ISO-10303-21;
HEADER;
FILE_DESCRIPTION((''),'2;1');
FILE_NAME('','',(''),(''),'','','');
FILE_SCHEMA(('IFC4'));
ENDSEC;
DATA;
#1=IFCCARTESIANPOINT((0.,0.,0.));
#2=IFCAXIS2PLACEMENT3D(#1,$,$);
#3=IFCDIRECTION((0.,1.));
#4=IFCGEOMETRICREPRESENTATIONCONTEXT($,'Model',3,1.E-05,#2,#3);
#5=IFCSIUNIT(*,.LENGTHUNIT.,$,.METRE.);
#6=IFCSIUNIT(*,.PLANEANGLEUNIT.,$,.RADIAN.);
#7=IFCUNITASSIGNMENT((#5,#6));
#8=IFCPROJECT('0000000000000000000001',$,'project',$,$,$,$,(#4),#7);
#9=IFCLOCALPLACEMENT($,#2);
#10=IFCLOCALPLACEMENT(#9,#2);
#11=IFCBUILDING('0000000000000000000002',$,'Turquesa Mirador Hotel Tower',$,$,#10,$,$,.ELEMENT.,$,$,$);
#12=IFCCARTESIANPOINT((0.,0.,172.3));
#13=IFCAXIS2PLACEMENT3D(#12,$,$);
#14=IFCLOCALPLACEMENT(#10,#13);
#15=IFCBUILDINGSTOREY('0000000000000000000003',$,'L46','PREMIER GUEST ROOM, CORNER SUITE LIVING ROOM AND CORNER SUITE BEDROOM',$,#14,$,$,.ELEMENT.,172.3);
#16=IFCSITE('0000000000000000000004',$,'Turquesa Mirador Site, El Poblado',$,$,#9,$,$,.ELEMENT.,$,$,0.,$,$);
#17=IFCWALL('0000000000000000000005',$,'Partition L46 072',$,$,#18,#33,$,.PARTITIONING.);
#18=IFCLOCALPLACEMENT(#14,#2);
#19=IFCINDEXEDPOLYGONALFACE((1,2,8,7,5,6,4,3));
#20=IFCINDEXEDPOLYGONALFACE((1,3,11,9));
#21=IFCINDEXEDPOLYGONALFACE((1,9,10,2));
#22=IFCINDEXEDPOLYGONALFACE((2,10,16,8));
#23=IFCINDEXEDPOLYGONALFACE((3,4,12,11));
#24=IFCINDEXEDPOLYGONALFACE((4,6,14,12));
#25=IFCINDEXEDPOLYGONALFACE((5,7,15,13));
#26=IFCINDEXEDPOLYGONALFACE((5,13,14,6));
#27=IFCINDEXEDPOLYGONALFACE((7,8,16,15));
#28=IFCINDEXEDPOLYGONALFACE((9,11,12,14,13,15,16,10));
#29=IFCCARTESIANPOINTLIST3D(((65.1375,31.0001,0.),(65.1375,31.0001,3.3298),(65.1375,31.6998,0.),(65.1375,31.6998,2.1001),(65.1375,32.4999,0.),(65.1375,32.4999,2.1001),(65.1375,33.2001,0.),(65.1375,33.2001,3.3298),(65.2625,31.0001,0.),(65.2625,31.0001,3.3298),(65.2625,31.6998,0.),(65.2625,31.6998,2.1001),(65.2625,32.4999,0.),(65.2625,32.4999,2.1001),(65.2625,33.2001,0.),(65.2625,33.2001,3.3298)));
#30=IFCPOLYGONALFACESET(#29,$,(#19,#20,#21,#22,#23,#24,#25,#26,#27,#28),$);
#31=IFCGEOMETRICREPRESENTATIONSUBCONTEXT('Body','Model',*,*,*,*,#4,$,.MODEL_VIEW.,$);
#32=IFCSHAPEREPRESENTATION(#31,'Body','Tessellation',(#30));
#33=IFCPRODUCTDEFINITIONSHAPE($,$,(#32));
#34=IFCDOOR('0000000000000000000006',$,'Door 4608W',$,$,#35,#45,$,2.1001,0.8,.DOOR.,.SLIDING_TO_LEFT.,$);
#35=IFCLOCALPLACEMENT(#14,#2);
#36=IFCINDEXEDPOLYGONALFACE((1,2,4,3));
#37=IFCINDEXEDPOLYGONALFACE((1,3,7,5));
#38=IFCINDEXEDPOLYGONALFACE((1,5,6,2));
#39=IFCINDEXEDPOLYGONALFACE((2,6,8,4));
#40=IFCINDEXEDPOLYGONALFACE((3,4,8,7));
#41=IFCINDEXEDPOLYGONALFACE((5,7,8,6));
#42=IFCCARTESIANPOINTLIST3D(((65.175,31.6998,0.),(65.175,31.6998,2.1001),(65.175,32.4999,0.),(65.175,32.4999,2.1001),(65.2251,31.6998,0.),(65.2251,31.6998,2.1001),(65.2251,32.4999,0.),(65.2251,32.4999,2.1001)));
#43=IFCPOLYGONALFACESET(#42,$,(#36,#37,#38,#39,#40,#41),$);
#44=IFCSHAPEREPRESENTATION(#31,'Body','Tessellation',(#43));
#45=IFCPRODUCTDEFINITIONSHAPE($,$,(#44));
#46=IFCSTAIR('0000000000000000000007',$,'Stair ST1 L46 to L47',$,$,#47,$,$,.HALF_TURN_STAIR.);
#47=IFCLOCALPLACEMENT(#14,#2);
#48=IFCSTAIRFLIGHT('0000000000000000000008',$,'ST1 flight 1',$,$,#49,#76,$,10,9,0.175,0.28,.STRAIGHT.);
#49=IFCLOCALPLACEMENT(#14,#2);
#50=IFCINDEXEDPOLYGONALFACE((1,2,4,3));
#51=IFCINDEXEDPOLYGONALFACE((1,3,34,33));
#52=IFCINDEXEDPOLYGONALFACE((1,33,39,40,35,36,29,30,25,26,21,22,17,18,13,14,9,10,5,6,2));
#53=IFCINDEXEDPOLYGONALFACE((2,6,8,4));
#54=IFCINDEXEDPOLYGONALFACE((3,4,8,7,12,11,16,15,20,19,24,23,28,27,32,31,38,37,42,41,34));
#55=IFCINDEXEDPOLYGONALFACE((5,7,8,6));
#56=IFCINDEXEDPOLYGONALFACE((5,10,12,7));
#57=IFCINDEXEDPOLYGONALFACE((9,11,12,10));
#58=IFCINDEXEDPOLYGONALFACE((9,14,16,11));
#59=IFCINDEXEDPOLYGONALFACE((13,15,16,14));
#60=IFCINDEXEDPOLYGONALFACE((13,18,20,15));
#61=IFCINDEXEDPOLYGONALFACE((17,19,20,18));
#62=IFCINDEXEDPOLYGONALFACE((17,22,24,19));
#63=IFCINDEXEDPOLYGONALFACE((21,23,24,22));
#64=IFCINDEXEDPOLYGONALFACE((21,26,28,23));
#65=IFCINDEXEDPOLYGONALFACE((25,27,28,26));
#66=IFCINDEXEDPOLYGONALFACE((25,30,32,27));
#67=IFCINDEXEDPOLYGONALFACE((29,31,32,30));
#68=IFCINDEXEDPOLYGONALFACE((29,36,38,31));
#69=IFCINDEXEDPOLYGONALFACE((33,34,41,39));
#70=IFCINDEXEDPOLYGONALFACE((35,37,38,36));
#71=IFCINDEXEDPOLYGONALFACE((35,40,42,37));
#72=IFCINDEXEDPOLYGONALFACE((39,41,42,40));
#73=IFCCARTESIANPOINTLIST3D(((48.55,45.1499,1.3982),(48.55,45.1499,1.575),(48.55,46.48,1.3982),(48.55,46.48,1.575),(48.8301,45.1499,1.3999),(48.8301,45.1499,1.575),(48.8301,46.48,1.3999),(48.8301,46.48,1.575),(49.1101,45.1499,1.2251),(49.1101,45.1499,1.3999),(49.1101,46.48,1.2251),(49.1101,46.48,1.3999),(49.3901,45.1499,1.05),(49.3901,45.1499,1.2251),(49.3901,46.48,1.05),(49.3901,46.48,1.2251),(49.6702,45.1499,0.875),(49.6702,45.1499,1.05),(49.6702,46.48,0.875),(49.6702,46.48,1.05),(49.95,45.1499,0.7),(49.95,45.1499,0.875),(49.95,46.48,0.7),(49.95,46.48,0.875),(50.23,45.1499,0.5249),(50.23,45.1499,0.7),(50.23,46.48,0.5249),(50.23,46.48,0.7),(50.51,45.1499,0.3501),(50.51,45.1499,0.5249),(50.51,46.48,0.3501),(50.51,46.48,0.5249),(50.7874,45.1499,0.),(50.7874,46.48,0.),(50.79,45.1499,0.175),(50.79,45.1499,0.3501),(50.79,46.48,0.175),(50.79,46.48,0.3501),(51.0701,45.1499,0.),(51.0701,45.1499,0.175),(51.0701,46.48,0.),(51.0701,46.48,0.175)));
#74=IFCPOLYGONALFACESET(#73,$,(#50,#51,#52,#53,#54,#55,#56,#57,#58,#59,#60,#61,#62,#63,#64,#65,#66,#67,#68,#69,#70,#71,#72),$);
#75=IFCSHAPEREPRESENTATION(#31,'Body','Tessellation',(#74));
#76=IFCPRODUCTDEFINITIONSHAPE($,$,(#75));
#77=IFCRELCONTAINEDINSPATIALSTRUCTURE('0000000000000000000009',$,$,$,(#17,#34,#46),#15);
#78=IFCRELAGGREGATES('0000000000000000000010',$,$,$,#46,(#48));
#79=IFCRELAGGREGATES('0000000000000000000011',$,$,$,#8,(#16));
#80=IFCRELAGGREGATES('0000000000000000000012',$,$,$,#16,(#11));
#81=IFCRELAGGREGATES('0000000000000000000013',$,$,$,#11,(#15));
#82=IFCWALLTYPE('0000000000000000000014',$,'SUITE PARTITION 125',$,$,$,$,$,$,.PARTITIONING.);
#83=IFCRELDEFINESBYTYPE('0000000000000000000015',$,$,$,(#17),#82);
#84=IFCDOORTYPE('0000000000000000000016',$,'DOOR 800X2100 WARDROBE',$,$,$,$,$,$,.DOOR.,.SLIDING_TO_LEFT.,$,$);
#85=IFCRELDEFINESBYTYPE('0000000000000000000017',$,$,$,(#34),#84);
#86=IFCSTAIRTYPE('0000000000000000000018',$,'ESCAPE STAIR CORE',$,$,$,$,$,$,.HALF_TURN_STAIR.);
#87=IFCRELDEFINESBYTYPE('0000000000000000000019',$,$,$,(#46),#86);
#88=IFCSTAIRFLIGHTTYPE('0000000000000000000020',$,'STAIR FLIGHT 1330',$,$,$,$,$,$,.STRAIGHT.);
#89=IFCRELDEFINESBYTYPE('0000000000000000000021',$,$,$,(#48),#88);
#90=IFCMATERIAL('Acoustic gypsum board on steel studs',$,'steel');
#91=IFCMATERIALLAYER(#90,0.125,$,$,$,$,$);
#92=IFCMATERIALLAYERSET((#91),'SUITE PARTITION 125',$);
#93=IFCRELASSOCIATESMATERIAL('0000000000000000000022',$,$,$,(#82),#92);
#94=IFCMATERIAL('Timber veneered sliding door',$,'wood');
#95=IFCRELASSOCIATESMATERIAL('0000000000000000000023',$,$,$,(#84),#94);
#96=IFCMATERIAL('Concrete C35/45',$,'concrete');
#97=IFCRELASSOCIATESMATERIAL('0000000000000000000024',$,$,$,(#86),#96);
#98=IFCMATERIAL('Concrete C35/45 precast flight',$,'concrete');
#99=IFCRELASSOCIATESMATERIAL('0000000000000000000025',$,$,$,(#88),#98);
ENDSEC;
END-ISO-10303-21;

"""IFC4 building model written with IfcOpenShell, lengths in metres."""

from ifc_helpers import new_model, si_unit, direction, frame, frame_2d, origin, place, context, subcontext, project, spatial, polyline, rectangle, outline, extrude, material, layer, layer_set, type_object, element, fill, aggregate, save


model = new_model("IFC4")

# Units and contexts
model_context = context("Model", 3, precision=1e-05, world=origin(), true_north=direction((0.0, 1.0)))
body_context = subcontext(model_context, "Body", "Model", "MODEL_VIEW")
ifc_project = project(units=[si_unit("LENGTHUNIT", "METRE"), si_unit("PLANEANGLEUNIT", "RADIAN")], contexts=[model_context])

# Site, building, storey
site_placement = place(None, origin())
site = spatial("IfcSite", under=ifc_project, at=site_placement, Name="Turquesa Mirador Site, El Poblado", CompositionType="ELEMENT", RefElevation=0.0)
building_placement = place(site_placement, origin())
building = spatial("IfcBuilding", under=site, at=building_placement, Name="Turquesa Mirador Hotel Tower", CompositionType="ELEMENT")
storey_placement = place(building_placement, frame((0.0, 0.0, 172.3)))
storey = spatial("IfcBuildingStorey", under=building, at=storey_placement, Name="L46", Description="PREMIER GUEST ROOM, CORNER SUITE LIVING ROOM AND CORNER SUITE BEDROOM", CompositionType="ELEMENT", Elevation=172.3)

# Wall, opening, door
ifc_material_1 = material(Name="Acoustic gypsum board on steel studs", Category="steel")
ifc_layer_1 = layer(ifc_material_1, 0.125)
ifc_layer_set_1 = layer_set([ifc_layer_1], Name="SUITE PARTITION 125")
wall_type_1 = type_object("IfcWallType", Name="SUITE PARTITION 125", PredefinedType="PARTITIONING", material=ifc_layer_set_1)
wall_1_placement = place(storey_placement, frame((65.2, 31.0, 0.0), z_axis=(0.0, 0.0, 1.0), x_axis=(0.0, 1.0, 0.0)))
wall_1 = element("IfcWall", 1, at=wall_1_placement, inside=storey, type_object=wall_type_1, Name="Partition L46 072", PredefinedType="PARTITIONING", context=body_context, shape_type="SweptSolid", body=[
    extrude(rectangle(XDim=2.2, YDim=0.125, at=frame_2d((1.1001, 0.0))), origin(), (0.0, 0.0, 1.0), 3.3298),
])
opening_1_placement = place(wall_1_placement, frame((0.7, 0.0, 0.0)))
opening_1 = element("IfcOpeningElement", 2, at=opening_1_placement, cuts=wall_1, PredefinedType="OPENING", context=body_context, shape_type="SweptSolid", body=[
    extrude(rectangle(XDim=0.8, YDim=2.1001, at=frame_2d((0.3999, 1.05))), frame((0.0, 0.0725, 0.0), z_axis=(0.0, -1.0, 0.0), x_axis=(1.0, 0.0, 0.0)), (0.0, 0.0, 1.0), 0.145),
])
ifc_material_2 = material(Name="Timber veneered sliding door", Category="wood")
door_type_1 = type_object("IfcDoorType", Name="DOOR 800X2100 WARDROBE", OperationType="SLIDING_TO_LEFT", PredefinedType="DOOR", material=ifc_material_2)
door_1_placement = place(opening_1_placement, origin())
door_1 = element("IfcDoor", 3, at=door_1_placement, inside=storey, type_object=door_type_1, Name="Door 4608W", OperationType="SLIDING_TO_LEFT", OverallHeight=2.1001, OverallWidth=0.8, PredefinedType="DOOR", context=body_context, shape_type="SweptSolid", body=[
    extrude(rectangle(XDim=0.8, YDim=2.1001, at=frame_2d((0.3999, 1.05))), frame((0.0, 0.0249, 0.0), z_axis=(0.0, -1.0, 0.0), x_axis=(1.0, 0.0, 0.0)), (0.0, 0.0, 1.0), 0.05),
])
fill(opening_1, door_1)

# Stair, stair flight
ifc_material_3 = material(Name="Concrete C35/45", Category="concrete")
stair_type = type_object("IfcStairType", Name="ESCAPE STAIR CORE", PredefinedType="HALF_TURN_STAIR", material=ifc_material_3)
stair_placement = place(storey_placement, origin())
stair = element("IfcStair", 4, at=stair_placement, inside=storey, type_object=stair_type, Name="Stair ST1 L46 to L47", PredefinedType="HALF_TURN_STAIR")
ifc_material_4 = material(Name="Concrete C35/45 precast flight", Category="concrete")
stair_flight_type = type_object("IfcStairFlightType", Name="STAIR FLIGHT 1330", PredefinedType="STRAIGHT", material=ifc_material_4)
stair_flight_placement = place(storey_placement, frame((51.0701, 45.8149, 0.0), z_axis=(0.0, 0.0, 1.0), x_axis=(-1.0, 0.0, 0.0)))
stair_flight = element("IfcStairFlight", 5, at=stair_flight_placement, type_object=stair_flight_type, Name="ST1 flight 1", NumberOfRisers=10, NumberOfTreads=9, PredefinedType="STRAIGHT", RiserHeight=0.175, TreadLength=0.28, context=body_context, shape_type="SweptSolid", body=[
    extrude(outline(polyline([(0.0, 0.0), (0.0, 0.175), (0.28, 0.175), (0.28, 0.3501), (0.5601, 0.3501), (0.5601, 0.5249), (0.8401, 0.5249), (0.8401, 0.7), (1.1201, 0.7), (1.1201, 0.875), (1.3999, 0.875), (1.3999, 1.05), (1.6799, 1.05), (1.6799, 1.2251), (1.96, 1.2251), (1.96, 1.3999), (2.24, 1.3999), (2.24, 1.575), (2.52, 1.575), (2.52, 1.75), (2.52, 1.3982), (0.2827, 0.0), (0.0, 0.0)])), frame((0.0, 0.665, 0.0), z_axis=(0.0, -1.0, 0.0), x_axis=(1.0, 0.0, 0.0)), (0.0, 0.0, 1.0), 1.3301),
])
aggregate(stair, [stair_flight])

save(model, "model.ifc")
